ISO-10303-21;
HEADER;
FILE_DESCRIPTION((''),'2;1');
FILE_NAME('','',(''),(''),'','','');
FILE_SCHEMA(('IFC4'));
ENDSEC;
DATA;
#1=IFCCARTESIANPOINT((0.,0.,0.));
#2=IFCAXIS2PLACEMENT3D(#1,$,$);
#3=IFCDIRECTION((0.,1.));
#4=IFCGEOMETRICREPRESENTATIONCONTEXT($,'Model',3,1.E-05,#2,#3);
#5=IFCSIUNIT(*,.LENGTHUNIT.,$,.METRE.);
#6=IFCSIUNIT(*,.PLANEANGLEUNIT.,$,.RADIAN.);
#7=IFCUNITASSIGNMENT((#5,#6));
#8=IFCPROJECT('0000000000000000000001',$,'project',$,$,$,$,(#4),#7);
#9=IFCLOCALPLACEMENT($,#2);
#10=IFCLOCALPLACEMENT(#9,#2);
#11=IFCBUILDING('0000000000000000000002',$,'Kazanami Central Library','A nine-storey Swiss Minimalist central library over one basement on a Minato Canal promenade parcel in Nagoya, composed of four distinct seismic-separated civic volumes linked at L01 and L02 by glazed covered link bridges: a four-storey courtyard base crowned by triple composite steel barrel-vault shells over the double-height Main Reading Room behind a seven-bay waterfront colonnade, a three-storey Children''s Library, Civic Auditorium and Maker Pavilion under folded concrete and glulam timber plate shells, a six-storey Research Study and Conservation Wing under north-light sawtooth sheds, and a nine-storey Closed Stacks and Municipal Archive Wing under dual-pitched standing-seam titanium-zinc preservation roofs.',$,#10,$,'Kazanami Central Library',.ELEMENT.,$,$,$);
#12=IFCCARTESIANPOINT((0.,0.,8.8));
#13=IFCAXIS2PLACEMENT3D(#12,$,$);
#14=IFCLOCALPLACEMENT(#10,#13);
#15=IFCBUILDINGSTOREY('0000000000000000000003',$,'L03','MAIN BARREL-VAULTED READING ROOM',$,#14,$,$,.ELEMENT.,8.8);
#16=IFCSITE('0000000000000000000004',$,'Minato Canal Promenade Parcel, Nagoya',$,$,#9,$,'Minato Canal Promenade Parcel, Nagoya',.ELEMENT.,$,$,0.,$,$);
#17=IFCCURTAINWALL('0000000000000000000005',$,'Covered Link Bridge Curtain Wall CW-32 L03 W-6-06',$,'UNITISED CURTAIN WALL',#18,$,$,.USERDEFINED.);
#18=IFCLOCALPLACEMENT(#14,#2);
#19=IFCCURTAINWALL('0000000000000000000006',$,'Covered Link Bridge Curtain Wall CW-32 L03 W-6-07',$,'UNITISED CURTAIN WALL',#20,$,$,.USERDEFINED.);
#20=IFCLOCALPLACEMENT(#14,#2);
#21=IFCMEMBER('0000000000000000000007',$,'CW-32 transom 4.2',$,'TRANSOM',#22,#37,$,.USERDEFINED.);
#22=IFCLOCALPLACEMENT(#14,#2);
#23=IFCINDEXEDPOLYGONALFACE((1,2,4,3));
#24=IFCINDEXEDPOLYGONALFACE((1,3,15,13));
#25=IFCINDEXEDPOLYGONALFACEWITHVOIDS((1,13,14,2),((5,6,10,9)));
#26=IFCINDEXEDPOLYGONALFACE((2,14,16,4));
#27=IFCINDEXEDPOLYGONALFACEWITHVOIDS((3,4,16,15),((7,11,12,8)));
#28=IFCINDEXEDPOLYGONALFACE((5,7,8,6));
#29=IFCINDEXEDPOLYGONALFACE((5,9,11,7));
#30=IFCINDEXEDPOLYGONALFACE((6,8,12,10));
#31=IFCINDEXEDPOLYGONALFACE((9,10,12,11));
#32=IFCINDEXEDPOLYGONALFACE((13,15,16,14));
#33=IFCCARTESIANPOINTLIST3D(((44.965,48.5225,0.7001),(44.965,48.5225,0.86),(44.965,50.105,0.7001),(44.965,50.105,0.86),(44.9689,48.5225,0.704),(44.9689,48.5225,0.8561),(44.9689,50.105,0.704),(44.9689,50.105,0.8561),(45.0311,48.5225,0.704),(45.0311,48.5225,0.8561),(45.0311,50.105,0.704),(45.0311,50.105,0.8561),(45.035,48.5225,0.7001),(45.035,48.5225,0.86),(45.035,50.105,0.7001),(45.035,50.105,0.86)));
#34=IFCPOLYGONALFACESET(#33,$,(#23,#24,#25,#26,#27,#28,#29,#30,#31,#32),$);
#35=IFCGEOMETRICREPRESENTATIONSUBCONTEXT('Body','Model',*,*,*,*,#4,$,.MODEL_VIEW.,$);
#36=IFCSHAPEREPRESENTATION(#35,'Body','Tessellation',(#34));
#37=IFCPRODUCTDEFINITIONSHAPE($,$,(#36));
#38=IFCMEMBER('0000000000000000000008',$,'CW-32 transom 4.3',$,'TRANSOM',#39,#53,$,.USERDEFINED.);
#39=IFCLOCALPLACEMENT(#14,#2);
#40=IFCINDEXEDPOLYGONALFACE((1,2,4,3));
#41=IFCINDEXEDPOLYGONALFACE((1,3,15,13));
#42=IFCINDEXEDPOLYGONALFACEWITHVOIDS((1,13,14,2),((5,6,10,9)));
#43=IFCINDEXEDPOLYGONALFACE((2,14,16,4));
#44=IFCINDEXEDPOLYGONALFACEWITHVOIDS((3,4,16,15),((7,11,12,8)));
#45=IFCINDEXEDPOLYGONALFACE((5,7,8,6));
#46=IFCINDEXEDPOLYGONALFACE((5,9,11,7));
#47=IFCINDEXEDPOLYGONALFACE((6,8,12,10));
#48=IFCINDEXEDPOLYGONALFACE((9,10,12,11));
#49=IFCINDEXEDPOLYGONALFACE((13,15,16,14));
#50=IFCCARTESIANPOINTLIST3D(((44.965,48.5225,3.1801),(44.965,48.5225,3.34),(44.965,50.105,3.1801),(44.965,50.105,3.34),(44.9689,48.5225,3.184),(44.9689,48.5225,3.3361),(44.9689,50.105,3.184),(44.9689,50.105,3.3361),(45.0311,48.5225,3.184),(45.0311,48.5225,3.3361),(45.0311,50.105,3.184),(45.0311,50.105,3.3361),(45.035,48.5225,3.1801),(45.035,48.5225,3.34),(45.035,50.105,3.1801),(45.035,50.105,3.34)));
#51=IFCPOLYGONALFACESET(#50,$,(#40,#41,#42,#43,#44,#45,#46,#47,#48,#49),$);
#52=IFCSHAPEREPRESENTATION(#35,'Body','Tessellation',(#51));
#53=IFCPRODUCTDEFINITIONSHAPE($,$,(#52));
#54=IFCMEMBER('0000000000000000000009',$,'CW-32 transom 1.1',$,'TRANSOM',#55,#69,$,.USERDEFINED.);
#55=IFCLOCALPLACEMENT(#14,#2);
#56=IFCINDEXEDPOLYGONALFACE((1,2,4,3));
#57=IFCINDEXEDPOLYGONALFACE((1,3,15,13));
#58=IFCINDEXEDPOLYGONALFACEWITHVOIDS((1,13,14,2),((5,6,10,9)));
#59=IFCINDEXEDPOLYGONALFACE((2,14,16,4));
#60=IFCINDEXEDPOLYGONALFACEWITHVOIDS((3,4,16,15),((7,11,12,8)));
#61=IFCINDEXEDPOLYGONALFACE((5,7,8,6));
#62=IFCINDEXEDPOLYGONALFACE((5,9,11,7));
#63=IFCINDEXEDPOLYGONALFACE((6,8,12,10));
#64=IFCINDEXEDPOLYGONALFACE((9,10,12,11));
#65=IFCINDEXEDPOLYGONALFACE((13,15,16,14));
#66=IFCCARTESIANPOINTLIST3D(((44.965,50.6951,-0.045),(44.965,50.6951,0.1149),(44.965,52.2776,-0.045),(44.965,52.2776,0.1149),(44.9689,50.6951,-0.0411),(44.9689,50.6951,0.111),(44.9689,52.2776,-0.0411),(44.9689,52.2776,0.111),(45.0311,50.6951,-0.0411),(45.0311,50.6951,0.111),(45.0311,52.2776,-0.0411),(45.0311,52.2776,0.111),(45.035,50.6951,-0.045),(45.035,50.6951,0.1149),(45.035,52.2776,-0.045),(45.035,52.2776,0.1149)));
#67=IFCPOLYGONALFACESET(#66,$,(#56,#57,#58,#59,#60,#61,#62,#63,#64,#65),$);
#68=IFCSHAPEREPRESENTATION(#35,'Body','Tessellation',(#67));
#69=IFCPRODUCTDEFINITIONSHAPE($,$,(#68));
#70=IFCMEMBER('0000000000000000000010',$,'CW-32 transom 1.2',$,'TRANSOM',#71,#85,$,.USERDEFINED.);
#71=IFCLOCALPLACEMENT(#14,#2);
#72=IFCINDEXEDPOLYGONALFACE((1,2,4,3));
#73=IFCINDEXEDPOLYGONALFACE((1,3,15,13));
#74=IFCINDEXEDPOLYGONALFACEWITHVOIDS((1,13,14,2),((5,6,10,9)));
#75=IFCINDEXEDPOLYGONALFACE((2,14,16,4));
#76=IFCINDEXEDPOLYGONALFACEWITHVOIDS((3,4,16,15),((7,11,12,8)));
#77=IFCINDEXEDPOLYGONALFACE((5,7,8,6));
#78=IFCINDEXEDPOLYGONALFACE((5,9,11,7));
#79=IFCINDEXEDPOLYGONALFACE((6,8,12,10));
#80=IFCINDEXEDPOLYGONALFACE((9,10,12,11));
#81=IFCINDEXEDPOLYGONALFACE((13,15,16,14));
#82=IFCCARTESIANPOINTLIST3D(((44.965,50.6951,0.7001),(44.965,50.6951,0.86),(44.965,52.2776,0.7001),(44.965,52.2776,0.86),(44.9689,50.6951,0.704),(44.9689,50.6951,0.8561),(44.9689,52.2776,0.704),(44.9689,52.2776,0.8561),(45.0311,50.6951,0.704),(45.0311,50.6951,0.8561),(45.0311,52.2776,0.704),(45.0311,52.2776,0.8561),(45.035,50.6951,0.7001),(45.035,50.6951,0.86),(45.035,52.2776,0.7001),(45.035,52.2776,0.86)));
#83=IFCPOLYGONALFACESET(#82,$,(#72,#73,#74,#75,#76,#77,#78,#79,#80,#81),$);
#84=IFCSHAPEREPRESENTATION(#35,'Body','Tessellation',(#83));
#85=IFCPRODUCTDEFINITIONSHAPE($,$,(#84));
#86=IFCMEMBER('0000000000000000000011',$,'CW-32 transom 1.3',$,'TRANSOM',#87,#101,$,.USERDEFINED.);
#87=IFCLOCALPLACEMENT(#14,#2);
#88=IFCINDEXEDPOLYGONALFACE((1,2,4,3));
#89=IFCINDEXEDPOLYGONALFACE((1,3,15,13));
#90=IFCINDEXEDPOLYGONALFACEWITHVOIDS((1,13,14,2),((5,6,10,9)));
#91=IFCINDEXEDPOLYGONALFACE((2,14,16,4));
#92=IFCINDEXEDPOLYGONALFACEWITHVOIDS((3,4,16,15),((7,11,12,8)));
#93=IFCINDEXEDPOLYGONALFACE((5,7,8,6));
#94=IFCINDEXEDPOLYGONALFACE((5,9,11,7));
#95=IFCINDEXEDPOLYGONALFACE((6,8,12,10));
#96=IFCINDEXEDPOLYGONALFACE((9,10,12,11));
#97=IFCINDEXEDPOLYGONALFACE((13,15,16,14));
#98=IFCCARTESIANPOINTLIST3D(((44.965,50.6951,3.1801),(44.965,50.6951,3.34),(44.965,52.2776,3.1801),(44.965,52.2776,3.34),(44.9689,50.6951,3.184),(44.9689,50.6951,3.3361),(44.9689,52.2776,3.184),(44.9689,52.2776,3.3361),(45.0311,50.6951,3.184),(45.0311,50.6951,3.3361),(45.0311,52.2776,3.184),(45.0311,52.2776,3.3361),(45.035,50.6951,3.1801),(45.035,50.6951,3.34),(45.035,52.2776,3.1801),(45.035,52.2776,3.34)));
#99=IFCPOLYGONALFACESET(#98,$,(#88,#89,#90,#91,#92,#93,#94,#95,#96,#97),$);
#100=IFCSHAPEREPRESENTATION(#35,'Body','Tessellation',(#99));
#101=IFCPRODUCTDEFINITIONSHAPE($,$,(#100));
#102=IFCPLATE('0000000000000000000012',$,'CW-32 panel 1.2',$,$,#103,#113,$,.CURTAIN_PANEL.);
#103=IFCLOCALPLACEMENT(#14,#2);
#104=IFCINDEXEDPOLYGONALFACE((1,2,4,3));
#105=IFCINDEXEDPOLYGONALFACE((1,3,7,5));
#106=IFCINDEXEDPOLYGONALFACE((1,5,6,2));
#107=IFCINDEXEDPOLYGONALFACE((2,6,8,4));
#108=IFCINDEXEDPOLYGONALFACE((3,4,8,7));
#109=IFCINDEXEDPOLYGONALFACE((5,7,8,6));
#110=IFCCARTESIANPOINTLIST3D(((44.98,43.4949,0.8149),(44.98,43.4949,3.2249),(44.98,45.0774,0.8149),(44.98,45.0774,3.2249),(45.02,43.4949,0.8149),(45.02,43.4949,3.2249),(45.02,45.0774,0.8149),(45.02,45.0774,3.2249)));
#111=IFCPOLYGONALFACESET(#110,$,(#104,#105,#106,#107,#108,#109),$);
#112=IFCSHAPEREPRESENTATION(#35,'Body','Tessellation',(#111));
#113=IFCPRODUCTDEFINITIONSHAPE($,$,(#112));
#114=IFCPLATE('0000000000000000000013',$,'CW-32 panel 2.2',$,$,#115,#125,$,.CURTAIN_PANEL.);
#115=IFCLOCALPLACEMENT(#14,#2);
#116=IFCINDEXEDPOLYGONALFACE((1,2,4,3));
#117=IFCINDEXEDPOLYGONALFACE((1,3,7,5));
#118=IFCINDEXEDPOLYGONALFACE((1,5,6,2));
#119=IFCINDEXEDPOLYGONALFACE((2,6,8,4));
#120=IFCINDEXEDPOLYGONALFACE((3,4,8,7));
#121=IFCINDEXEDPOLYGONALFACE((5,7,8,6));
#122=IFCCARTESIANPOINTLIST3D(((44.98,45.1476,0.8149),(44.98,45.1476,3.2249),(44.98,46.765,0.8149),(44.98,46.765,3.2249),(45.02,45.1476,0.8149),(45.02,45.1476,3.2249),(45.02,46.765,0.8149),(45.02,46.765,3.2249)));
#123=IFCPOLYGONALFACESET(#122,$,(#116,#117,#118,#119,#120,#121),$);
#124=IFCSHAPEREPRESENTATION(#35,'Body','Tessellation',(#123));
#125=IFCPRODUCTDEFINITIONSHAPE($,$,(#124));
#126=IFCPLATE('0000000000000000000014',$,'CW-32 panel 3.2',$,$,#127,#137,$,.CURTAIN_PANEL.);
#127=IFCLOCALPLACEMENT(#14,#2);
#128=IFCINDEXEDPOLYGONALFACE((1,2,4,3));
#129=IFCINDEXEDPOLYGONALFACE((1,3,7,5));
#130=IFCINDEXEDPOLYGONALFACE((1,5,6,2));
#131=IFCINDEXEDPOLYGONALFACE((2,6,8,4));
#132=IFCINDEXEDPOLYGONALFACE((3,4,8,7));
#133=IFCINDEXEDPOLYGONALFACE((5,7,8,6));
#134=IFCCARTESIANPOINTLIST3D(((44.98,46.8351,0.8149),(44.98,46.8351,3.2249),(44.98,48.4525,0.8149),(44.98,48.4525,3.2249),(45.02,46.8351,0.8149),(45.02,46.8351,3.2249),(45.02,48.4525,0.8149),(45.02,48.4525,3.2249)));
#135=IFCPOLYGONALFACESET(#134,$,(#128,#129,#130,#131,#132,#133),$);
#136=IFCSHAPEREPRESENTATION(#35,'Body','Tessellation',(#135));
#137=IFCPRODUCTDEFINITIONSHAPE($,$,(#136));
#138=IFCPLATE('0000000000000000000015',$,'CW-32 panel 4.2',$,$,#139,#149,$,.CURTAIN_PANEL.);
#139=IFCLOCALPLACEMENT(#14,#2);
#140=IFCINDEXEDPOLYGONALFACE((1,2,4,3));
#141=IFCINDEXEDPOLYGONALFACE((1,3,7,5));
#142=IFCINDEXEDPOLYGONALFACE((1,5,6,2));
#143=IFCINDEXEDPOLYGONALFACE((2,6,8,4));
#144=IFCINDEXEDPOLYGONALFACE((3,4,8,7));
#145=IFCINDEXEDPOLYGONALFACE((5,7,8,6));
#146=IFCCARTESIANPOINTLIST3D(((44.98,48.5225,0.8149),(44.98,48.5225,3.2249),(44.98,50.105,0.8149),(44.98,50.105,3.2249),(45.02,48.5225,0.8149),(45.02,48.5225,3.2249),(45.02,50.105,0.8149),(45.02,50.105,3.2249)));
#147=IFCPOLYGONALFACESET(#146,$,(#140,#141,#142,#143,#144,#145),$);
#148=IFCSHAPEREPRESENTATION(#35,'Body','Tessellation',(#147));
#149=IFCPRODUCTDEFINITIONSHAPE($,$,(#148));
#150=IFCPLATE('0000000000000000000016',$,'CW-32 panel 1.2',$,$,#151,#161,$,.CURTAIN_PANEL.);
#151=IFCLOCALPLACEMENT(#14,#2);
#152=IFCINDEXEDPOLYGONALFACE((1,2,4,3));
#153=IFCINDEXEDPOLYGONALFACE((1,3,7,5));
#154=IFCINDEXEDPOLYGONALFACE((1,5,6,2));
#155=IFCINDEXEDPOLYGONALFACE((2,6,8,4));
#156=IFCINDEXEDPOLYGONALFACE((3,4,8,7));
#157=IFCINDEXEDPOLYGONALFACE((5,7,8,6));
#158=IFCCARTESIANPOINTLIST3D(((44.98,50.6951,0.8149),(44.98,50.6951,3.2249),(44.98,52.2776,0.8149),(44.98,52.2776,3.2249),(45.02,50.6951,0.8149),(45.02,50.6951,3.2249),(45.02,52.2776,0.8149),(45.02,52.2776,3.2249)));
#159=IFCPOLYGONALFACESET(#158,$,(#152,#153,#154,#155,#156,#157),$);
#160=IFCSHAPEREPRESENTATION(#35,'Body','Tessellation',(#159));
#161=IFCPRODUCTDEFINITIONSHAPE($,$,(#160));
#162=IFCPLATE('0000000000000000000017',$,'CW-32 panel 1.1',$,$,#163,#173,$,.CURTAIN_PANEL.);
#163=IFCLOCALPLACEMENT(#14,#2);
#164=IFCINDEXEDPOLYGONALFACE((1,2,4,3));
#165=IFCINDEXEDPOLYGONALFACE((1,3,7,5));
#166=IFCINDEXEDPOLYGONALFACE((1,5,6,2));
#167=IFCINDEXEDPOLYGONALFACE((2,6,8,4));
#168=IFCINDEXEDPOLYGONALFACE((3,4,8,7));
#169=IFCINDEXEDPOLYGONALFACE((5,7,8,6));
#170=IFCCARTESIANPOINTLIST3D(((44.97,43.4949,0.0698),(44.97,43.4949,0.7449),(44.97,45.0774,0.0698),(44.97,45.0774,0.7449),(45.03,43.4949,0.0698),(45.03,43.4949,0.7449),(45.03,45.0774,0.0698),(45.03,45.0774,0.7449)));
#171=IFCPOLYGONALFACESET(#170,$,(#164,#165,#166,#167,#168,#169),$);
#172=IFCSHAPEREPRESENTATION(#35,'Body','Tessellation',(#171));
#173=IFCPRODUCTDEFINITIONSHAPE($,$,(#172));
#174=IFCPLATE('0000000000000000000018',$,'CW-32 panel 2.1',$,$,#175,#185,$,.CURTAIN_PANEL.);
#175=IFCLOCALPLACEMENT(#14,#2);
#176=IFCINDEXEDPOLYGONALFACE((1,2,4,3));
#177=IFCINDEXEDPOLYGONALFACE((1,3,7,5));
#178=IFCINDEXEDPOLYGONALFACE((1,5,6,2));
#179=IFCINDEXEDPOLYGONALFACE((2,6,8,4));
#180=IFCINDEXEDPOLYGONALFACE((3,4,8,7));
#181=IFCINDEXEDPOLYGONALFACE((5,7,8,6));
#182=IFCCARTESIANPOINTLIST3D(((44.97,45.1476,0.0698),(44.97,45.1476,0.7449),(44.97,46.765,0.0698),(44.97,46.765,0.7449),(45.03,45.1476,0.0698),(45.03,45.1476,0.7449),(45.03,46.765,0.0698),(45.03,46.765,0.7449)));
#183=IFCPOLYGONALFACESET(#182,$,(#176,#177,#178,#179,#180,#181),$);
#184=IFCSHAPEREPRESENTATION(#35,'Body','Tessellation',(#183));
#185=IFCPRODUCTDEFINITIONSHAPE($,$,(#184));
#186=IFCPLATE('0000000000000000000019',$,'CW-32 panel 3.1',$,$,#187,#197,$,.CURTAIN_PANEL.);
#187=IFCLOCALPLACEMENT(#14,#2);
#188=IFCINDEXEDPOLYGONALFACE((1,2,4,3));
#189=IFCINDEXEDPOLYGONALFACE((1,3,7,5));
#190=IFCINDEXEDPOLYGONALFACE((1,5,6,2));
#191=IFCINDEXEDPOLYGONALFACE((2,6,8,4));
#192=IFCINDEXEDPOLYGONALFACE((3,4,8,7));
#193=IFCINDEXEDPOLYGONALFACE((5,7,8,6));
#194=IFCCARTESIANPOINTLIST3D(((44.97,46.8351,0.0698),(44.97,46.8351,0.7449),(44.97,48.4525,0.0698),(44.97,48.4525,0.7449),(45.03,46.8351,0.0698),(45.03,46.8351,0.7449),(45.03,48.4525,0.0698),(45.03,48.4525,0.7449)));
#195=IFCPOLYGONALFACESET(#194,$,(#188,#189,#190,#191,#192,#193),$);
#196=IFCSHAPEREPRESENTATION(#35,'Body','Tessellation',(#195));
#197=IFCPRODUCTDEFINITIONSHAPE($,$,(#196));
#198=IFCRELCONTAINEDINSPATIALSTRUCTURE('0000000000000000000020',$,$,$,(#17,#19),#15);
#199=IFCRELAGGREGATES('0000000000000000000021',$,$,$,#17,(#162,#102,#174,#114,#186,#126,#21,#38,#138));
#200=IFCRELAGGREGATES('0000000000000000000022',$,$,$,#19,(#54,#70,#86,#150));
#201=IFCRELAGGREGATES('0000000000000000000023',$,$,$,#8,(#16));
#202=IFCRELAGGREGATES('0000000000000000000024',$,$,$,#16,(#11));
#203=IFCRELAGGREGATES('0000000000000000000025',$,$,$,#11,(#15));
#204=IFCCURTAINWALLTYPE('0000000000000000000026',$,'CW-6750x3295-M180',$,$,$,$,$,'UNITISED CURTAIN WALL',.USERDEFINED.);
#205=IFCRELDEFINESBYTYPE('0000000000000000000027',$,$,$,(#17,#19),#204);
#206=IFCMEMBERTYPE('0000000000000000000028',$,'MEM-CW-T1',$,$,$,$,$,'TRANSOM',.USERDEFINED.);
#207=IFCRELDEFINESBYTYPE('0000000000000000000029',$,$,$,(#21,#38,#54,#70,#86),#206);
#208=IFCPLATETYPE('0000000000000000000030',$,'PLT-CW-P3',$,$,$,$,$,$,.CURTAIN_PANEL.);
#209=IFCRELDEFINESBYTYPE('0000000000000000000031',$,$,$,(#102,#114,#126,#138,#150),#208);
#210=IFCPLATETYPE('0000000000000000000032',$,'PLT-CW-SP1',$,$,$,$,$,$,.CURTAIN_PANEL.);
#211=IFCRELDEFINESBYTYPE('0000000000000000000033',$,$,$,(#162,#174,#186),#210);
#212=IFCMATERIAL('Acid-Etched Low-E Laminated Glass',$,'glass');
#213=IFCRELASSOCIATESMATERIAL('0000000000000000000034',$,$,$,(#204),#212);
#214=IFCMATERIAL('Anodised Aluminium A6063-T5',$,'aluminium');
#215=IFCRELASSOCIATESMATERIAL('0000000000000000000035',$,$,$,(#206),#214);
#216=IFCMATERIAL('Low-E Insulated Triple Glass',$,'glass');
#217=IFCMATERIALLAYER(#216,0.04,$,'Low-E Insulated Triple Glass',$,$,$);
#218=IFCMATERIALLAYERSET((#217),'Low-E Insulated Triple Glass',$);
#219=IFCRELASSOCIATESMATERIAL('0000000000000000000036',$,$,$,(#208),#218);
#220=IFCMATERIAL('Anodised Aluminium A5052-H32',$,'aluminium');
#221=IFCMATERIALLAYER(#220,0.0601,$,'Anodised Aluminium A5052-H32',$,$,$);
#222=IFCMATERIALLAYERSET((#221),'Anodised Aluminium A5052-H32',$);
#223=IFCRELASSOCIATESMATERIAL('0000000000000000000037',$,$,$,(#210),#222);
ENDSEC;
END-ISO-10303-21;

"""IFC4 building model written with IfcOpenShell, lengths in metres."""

from ifc_helpers import new_model, si_unit, direction, frame, origin, origin_2d, place, context, subcontext, project, spatial, rectangle, hollow_rectangle, extrude, material, layer, layer_set, material_profile, profile_set, type_object, element, aggregate, save


model = new_model("IFC4")

# Units and contexts
model_context = context("Model", 3, precision=1e-05, world=origin(), true_north=direction((0.0, 1.0)))
body_context = subcontext(model_context, "Body", "Model", "MODEL_VIEW")
ifc_project = project(units=[si_unit("LENGTHUNIT", "METRE"), si_unit("PLANEANGLEUNIT", "RADIAN")], contexts=[model_context])

# Site, building, storey
site_placement = place(None, origin())
site = spatial("IfcSite", under=ifc_project, at=site_placement, Name="Minato Canal Promenade Parcel, Nagoya", LongName="Minato Canal Promenade Parcel, Nagoya", CompositionType="ELEMENT", RefElevation=0.0)
building_placement = place(site_placement, origin())
building = spatial("IfcBuilding", under=site, at=building_placement, Name="Kazanami Central Library", Description="A nine-storey Swiss Minimalist central library over one basement on a Minato Canal promenade parcel in Nagoya, composed of four distinct seismic-separated civic volumes linked at L01 and L02 by glazed covered link bridges: a four-storey courtyard base crowned by triple composite steel barrel-vault shells over the double-height Main Reading Room behind a seven-bay waterfront colonnade, a three-storey Children's Library, Civic Auditorium and Maker Pavilion under folded concrete and glulam timber plate shells, a six-storey Research Study and Conservation Wing under north-light sawtooth sheds, and a nine-storey Closed Stacks and Municipal Archive Wing under dual-pitched standing-seam titanium-zinc preservation roofs.", LongName="Kazanami Central Library", CompositionType="ELEMENT")
storey_placement = place(building_placement, frame((0.0, 0.0, 8.8)))
storey = spatial("IfcBuildingStorey", under=building, at=storey_placement, Name="L03", Description="MAIN BARREL-VAULTED READING ROOM", CompositionType="ELEMENT", Elevation=8.8)

# Curtain walls
ifc_material_1 = material(Name="Acid-Etched Low-E Laminated Glass", Category="glass")
curtain_wall_type_1 = type_object("IfcCurtainWallType", Name="CW-6750x3295-M180", ElementType="UNITISED CURTAIN WALL", PredefinedType="USERDEFINED", material=ifc_material_1)
curtain_wall_1_placement = place(storey_placement, origin())
curtain_wall_1 = element("IfcCurtainWall", 1, at=curtain_wall_1_placement, inside=storey, type_object=curtain_wall_type_1, Name="Covered Link Bridge Curtain Wall CW-32 L03 W-6-06", ObjectType="UNITISED CURTAIN WALL", PredefinedType="USERDEFINED")
ifc_material_2 = material(Name="Anodised Aluminium A6063-T5", Category="aluminium")
curtain_wall_2_placement = place(storey_placement, origin())
curtain_wall_2 = element("IfcCurtainWall", 2, at=curtain_wall_2_placement, inside=storey, type_object=curtain_wall_type_1, Name="Covered Link Bridge Curtain Wall CW-32 L03 W-6-07", ObjectType="UNITISED CURTAIN WALL", PredefinedType="USERDEFINED")

# Members
ifc_material_profile_1 = material_profile(ifc_material_2, hollow_rectangle(XDim=0.0701, YDim=0.1599, WallThickness=0.0039, at=origin_2d()), Name="ALU-TRAN-70x160x4")
ifc_profile_set_1 = profile_set([ifc_material_profile_1], Name="Anodised Aluminium A6063-T5")
member_type_1 = type_object("IfcMemberType", Name="MEM-CW-T1", ElementType="TRANSOM", PredefinedType="USERDEFINED", material=ifc_profile_set_1)
member_1_placement = place(storey_placement, frame((45.0, 48.5225, 0.78), z_axis=(0.0, 1.0, 0.0), x_axis=(-1.0, 0.0, 0.0)))
member_1 = element("IfcMember", 3, at=member_1_placement, type_object=member_type_1, Name="CW-32 transom 4.2", ObjectType="TRANSOM", PredefinedType="USERDEFINED", context=body_context, shape_type="SweptSolid", body=[
    extrude(hollow_rectangle(XDim=0.0701, YDim=0.1599, WallThickness=0.0039, at=origin_2d()), origin(), (0.0, 0.0, 1.0), 1.5825),
])
member_2_placement = place(storey_placement, frame((45.0, 48.5225, 3.26), z_axis=(0.0, 1.0, 0.0), x_axis=(-1.0, 0.0, 0.0)))
member_2 = element("IfcMember", 4, at=member_2_placement, type_object=member_type_1, Name="CW-32 transom 4.3", ObjectType="TRANSOM", PredefinedType="USERDEFINED", context=body_context, shape_type="SweptSolid", body=[
    extrude(hollow_rectangle(XDim=0.0701, YDim=0.1599, WallThickness=0.0039, at=origin_2d()), origin(), (0.0, 0.0, 1.0), 1.5825),
])
member_3_placement = place(storey_placement, frame((45.0, 50.6951, 0.0349), z_axis=(0.0, 1.0, 0.0), x_axis=(-1.0, 0.0, 0.0)))
member_3 = element("IfcMember", 5, at=member_3_placement, type_object=member_type_1, Name="CW-32 transom 1.1", ObjectType="TRANSOM", PredefinedType="USERDEFINED", context=body_context, shape_type="SweptSolid", body=[
    extrude(hollow_rectangle(XDim=0.0701, YDim=0.1599, WallThickness=0.0039, at=origin_2d()), origin(), (0.0, 0.0, 1.0), 1.5825),
])
member_4_placement = place(storey_placement, frame((45.0, 50.6951, 0.78), z_axis=(0.0, 1.0, 0.0), x_axis=(-1.0, 0.0, 0.0)))
member_4 = element("IfcMember", 6, at=member_4_placement, type_object=member_type_1, Name="CW-32 transom 1.2", ObjectType="TRANSOM", PredefinedType="USERDEFINED", context=body_context, shape_type="SweptSolid", body=[
    extrude(hollow_rectangle(XDim=0.0701, YDim=0.1599, WallThickness=0.0039, at=origin_2d()), origin(), (0.0, 0.0, 1.0), 1.5825),
])
member_5_placement = place(storey_placement, frame((45.0, 50.6951, 3.26), z_axis=(0.0, 1.0, 0.0), x_axis=(-1.0, 0.0, 0.0)))
member_5 = element("IfcMember", 7, at=member_5_placement, type_object=member_type_1, Name="CW-32 transom 1.3", ObjectType="TRANSOM", PredefinedType="USERDEFINED", context=body_context, shape_type="SweptSolid", body=[
    extrude(hollow_rectangle(XDim=0.0701, YDim=0.1599, WallThickness=0.0039, at=origin_2d()), origin(), (0.0, 0.0, 1.0), 1.5825),
])

# Plates
ifc_material_3 = material(Name="Low-E Insulated Triple Glass", Category="glass")
ifc_layer_1 = layer(ifc_material_3, 0.04, Name="Low-E Insulated Triple Glass")
ifc_layer_set_1 = layer_set([ifc_layer_1], Name="Low-E Insulated Triple Glass")
plate_type_1 = type_object("IfcPlateType", Name="PLT-CW-P3", PredefinedType="CURTAIN_PANEL", material=ifc_layer_set_1)
plate_1_placement = place(storey_placement, frame((45.0, 44.2861, 0.8149), z_axis=(0.0, 0.0, 1.0), x_axis=(0.0, 1.0, 0.0)))
plate_1 = element("IfcPlate", 8, at=plate_1_placement, type_object=plate_type_1, Name="CW-32 panel 1.2", PredefinedType="CURTAIN_PANEL", context=body_context, shape_type="SweptSolid", body=[
    extrude(rectangle(XDim=1.5825, YDim=0.04, at=origin_2d()), origin(), (0.0, 0.0, 1.0), 2.4099),
])
plate_2_placement = place(storey_placement, frame((45.0, 45.9563, 0.8149), z_axis=(0.0, 0.0, 1.0), x_axis=(0.0, 1.0, 0.0)))
plate_2 = element("IfcPlate", 9, at=plate_2_placement, type_object=plate_type_1, Name="CW-32 panel 2.2", PredefinedType="CURTAIN_PANEL", context=body_context, shape_type="SweptSolid", body=[
    extrude(rectangle(XDim=1.6174, YDim=0.04, at=origin_2d()), origin(), (0.0, 0.0, 1.0), 2.4099),
])
plate_3_placement = place(storey_placement, frame((45.0, 47.6438, 0.8149), z_axis=(0.0, 0.0, 1.0), x_axis=(0.0, 1.0, 0.0)))
plate_3 = element("IfcPlate", 10, at=plate_3_placement, type_object=plate_type_1, Name="CW-32 panel 3.2", PredefinedType="CURTAIN_PANEL", context=body_context, shape_type="SweptSolid", body=[
    extrude(rectangle(XDim=1.6174, YDim=0.04, at=origin_2d()), origin(), (0.0, 0.0, 1.0), 2.4099),
])
plate_4_placement = place(storey_placement, frame((45.0, 49.3137, 0.8149), z_axis=(0.0, 0.0, 1.0), x_axis=(0.0, 1.0, 0.0)))
plate_4 = element("IfcPlate", 11, at=plate_4_placement, type_object=plate_type_1, Name="CW-32 panel 4.2", PredefinedType="CURTAIN_PANEL", context=body_context, shape_type="SweptSolid", body=[
    extrude(rectangle(XDim=1.5825, YDim=0.04, at=origin_2d()), origin(), (0.0, 0.0, 1.0), 2.4099),
])
plate_5_placement = place(storey_placement, frame((45.0, 51.4863, 0.8149), z_axis=(0.0, 0.0, 1.0), x_axis=(0.0, 1.0, 0.0)))
plate_5 = element("IfcPlate", 12, at=plate_5_placement, type_object=plate_type_1, Name="CW-32 panel 1.2", PredefinedType="CURTAIN_PANEL", context=body_context, shape_type="SweptSolid", body=[
    extrude(rectangle(XDim=1.5825, YDim=0.04, at=origin_2d()), origin(), (0.0, 0.0, 1.0), 2.4099),
])
ifc_material_4 = material(Name="Anodised Aluminium A5052-H32", Category="aluminium")
ifc_layer_2 = layer(ifc_material_4, 0.0601, Name="Anodised Aluminium A5052-H32")
ifc_layer_set_2 = layer_set([ifc_layer_2], Name="Anodised Aluminium A5052-H32")
plate_type_2 = type_object("IfcPlateType", Name="PLT-CW-SP1", PredefinedType="CURTAIN_PANEL", material=ifc_layer_set_2)
plate_6_placement = place(storey_placement, frame((45.0, 44.2861, 0.0698), z_axis=(0.0, 0.0, 1.0), x_axis=(0.0, 1.0, 0.0)))
plate_6 = element("IfcPlate", 13, at=plate_6_placement, type_object=plate_type_2, Name="CW-32 panel 1.1", PredefinedType="CURTAIN_PANEL", context=body_context, shape_type="SweptSolid", body=[
    extrude(rectangle(XDim=1.5825, YDim=0.0601, at=origin_2d()), origin(), (0.0, 0.0, 1.0), 0.675),
])
plate_7_placement = place(storey_placement, frame((45.0, 45.9563, 0.0698), z_axis=(0.0, 0.0, 1.0), x_axis=(0.0, 1.0, 0.0)))
plate_7 = element("IfcPlate", 14, at=plate_7_placement, type_object=plate_type_2, Name="CW-32 panel 2.1", PredefinedType="CURTAIN_PANEL", context=body_context, shape_type="SweptSolid", body=[
    extrude(rectangle(XDim=1.6174, YDim=0.0601, at=origin_2d()), origin(), (0.0, 0.0, 1.0), 0.675),
])
plate_8_placement = place(storey_placement, frame((45.0, 47.6438, 0.0698), z_axis=(0.0, 0.0, 1.0), x_axis=(0.0, 1.0, 0.0)))
plate_8 = element("IfcPlate", 15, at=plate_8_placement, type_object=plate_type_2, Name="CW-32 panel 3.1", PredefinedType="CURTAIN_PANEL", context=body_context, shape_type="SweptSolid", body=[
    extrude(rectangle(XDim=1.6174, YDim=0.0601, at=origin_2d()), origin(), (0.0, 0.0, 1.0), 0.675),
])
aggregate(curtain_wall_1, [plate_6, plate_1, plate_7, plate_2, plate_8, plate_3, member_1, member_2, plate_4])
aggregate(curtain_wall_2, [member_3, member_4, member_5, plate_5])

save(model, "model.ifc")
